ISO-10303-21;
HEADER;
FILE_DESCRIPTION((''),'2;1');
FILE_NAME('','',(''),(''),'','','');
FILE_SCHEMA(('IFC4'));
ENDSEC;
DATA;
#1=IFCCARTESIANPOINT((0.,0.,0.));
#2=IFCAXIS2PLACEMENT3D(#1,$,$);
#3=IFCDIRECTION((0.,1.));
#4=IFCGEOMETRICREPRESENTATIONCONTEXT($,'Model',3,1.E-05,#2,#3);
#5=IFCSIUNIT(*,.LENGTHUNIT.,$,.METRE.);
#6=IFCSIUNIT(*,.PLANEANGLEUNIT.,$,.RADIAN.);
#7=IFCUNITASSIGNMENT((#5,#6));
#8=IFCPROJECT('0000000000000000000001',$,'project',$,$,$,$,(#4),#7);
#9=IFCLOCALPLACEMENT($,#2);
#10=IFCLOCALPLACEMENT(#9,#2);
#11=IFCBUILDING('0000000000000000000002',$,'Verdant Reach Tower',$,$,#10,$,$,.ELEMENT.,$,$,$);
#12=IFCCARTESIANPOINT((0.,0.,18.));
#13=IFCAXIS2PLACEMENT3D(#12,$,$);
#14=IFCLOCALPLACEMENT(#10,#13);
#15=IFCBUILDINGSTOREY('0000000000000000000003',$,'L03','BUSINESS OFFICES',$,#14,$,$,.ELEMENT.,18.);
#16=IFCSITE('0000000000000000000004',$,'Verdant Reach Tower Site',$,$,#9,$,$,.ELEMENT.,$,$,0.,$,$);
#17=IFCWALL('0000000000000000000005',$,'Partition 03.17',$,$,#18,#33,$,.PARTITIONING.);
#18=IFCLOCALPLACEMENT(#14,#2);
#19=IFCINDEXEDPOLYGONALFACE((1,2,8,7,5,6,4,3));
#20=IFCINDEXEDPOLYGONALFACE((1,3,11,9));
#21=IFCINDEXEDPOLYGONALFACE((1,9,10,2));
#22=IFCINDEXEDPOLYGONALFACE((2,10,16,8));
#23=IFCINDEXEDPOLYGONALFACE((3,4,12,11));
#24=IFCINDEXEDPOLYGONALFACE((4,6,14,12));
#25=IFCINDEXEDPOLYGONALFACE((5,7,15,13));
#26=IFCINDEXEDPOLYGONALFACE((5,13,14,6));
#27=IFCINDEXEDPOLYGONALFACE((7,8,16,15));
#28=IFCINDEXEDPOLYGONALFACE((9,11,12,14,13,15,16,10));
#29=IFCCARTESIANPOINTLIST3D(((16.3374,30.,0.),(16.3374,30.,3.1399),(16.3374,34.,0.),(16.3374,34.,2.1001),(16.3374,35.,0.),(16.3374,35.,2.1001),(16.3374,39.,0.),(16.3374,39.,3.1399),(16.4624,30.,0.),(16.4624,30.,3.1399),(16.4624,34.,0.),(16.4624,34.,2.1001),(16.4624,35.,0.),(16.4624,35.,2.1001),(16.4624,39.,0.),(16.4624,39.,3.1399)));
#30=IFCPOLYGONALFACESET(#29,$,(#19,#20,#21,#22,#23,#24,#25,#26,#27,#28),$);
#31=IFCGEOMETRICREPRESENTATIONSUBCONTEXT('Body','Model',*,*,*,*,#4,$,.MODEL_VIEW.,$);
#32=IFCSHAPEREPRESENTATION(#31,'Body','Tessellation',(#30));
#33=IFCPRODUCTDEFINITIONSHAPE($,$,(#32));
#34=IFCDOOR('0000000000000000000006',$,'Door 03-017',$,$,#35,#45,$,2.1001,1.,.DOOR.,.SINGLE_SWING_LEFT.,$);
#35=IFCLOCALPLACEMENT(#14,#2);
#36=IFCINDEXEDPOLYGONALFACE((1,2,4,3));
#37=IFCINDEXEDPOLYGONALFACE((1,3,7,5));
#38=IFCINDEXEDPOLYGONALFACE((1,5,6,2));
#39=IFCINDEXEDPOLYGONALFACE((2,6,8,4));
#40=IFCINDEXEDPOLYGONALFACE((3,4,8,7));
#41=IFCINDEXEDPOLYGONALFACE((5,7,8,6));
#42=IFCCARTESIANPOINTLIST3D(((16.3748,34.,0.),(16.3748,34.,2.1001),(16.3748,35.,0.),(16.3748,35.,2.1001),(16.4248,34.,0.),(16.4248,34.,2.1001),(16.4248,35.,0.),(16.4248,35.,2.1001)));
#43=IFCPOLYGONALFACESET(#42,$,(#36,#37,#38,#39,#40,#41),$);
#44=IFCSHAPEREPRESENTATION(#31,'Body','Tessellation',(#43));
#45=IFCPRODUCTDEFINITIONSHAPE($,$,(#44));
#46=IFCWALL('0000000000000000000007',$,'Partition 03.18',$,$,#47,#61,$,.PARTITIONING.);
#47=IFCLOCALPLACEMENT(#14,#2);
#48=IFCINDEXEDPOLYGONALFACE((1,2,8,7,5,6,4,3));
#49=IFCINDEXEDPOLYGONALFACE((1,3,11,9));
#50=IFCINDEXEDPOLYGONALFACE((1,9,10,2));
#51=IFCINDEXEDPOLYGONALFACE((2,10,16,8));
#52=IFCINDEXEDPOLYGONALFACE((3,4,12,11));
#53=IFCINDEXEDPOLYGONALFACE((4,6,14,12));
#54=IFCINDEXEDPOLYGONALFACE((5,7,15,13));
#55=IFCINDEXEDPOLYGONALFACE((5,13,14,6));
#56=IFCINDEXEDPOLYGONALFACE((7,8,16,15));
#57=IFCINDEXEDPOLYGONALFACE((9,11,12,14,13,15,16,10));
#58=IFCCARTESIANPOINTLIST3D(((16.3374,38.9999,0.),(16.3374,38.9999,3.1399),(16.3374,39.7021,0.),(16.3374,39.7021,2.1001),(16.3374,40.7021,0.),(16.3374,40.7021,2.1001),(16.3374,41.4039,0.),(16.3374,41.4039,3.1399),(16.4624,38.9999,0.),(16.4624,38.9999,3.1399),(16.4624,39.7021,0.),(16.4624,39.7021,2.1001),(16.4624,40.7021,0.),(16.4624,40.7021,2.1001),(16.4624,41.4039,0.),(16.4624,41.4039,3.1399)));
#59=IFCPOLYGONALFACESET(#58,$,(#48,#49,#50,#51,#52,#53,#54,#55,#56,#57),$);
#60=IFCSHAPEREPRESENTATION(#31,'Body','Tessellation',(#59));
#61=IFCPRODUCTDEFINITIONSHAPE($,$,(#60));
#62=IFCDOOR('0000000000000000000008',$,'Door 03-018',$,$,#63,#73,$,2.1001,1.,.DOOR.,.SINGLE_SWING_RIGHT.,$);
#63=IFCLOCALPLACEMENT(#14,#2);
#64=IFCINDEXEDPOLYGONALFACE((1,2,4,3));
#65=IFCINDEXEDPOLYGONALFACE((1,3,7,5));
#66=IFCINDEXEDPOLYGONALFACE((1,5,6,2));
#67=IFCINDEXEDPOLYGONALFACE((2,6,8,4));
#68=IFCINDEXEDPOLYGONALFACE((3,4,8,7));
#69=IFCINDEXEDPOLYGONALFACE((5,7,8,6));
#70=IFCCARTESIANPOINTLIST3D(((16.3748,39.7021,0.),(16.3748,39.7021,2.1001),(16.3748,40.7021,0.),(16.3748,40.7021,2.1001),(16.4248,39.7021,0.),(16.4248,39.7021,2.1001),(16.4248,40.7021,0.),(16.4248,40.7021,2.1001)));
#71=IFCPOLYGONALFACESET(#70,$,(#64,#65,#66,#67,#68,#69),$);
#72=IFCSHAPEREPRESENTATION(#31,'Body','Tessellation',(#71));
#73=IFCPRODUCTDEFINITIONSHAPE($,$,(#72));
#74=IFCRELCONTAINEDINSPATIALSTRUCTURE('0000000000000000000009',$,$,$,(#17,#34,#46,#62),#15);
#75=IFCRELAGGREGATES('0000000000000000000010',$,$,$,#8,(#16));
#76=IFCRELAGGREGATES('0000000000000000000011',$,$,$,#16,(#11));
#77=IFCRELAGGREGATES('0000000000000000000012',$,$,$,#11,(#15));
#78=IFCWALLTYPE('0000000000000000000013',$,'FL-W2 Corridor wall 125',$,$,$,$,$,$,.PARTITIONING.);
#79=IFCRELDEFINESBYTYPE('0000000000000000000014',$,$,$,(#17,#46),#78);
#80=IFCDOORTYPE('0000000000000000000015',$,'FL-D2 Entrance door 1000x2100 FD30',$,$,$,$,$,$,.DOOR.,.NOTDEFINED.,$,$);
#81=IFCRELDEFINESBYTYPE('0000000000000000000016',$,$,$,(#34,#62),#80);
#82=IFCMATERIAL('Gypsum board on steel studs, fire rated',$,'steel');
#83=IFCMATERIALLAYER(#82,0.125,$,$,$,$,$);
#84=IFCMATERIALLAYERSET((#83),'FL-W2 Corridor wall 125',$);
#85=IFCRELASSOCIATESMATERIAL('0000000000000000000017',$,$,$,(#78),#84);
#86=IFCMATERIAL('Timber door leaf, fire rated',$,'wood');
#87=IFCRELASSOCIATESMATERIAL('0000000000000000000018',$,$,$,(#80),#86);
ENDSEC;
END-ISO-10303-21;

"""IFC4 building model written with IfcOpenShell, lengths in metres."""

from ifc_helpers import new_model, si_unit, direction, frame, frame_2d, origin, place, context, subcontext, project, spatial, rectangle, extrude, material, layer, layer_set, type_object, element, fill, save


model = new_model("IFC4")

# Units and contexts
model_context = context("Model", 3, precision=1e-05, world=origin(), true_north=direction((0.0, 1.0)))
body_context = subcontext(model_context, "Body", "Model", "MODEL_VIEW")
ifc_project = project(units=[si_unit("LENGTHUNIT", "METRE"), si_unit("PLANEANGLEUNIT", "RADIAN")], contexts=[model_context])

# Site, building, storey
site_placement = place(None, origin())
site = spatial("IfcSite", under=ifc_project, at=site_placement, Name="Verdant Reach Tower Site", CompositionType="ELEMENT", RefElevation=0.0)
building_placement = place(site_placement, origin())
building = spatial("IfcBuilding", under=site, at=building_placement, Name="Verdant Reach Tower", CompositionType="ELEMENT")
storey_placement = place(building_placement, frame((0.0, 0.0, 18.0)))
storey = spatial("IfcBuildingStorey", under=building, at=storey_placement, Name="L03", Description="BUSINESS OFFICES", CompositionType="ELEMENT", Elevation=18.0)

# Walls, openings, doors
ifc_material_1 = material(Name="Gypsum board on steel studs, fire rated", Category="steel")
ifc_layer_1 = layer(ifc_material_1, 0.125)
ifc_layer_set_1 = layer_set([ifc_layer_1], Name="FL-W2 Corridor wall 125")
wall_type_1 = type_object("IfcWallType", Name="FL-W2 Corridor wall 125", PredefinedType="PARTITIONING", material=ifc_layer_set_1)
wall_1_placement = place(storey_placement, frame((16.3999, 39.0, 0.0), z_axis=(0.0, 0.0, 1.0), x_axis=(0.0, -1.0, 0.0)))
wall_1 = element("IfcWall", 1, at=wall_1_placement, inside=storey, type_object=wall_type_1, Name="Partition 03.17", PredefinedType="PARTITIONING", context=body_context, shape_type="SweptSolid", body=[
    extrude(rectangle(XDim=9.0, YDim=0.125, at=frame_2d((4.5, 0.0))), origin(), (0.0, 0.0, 1.0), 3.1399),
])
opening_1_placement = place(wall_1_placement, frame((4.0, 0.0, 0.0)))
opening_1 = element("IfcOpeningElement", 2, at=opening_1_placement, cuts=wall_1, PredefinedType="OPENING", context=body_context, shape_type="SweptSolid", body=[
    extrude(rectangle(XDim=1.0, YDim=2.1001, at=frame_2d((0.5, 1.05))), frame((0.0, 0.0725, 0.0), z_axis=(0.0, -1.0, 0.0), x_axis=(1.0, 0.0, 0.0)), (0.0, 0.0, 1.0), 0.145),
])
ifc_material_2 = material(Name="Timber door leaf, fire rated", Category="wood")
door_type = type_object("IfcDoorType", Name="FL-D2 Entrance door 1000x2100 FD30", OperationType="NOTDEFINED", PredefinedType="DOOR", material=ifc_material_2)
door_1_placement = place(opening_1_placement, origin())
door_1 = element("IfcDoor", 3, at=door_1_placement, inside=storey, type_object=door_type, Name="Door 03-017", OperationType="SINGLE_SWING_LEFT", OverallHeight=2.1001, OverallWidth=1.0, PredefinedType="DOOR", context=body_context, shape_type="SweptSolid", body=[
    extrude(rectangle(XDim=1.0, YDim=2.1001, at=frame_2d((0.5, 1.05))), frame((0.0, 0.0249, 0.0), z_axis=(0.0, -1.0, 0.0), x_axis=(1.0, 0.0, 0.0)), (0.0, 0.0, 1.0), 0.05),
])
fill(opening_1, door_1)
wall_2_placement = place(storey_placement, frame((16.3999, 41.4041, 0.0), z_axis=(0.0, 0.0, 1.0), x_axis=(0.0, -1.0, 0.0)))
wall_2 = element("IfcWall", 4, at=wall_2_placement, inside=storey, type_object=wall_type_1, Name="Partition 03.18", PredefinedType="PARTITIONING", context=body_context, shape_type="SweptSolid", body=[
    extrude(rectangle(XDim=2.4041, YDim=0.125, at=frame_2d((1.2021, 0.0))), origin(), (0.0, 0.0, 1.0), 3.1399),
])
opening_2_placement = place(wall_2_placement, frame((0.7019, 0.0, 0.0)))
opening_2 = element("IfcOpeningElement", 5, at=opening_2_placement, cuts=wall_2, PredefinedType="OPENING", context=body_context, shape_type="SweptSolid", body=[
    extrude(rectangle(XDim=1.0, YDim=2.1001, at=frame_2d((0.5, 1.05))), frame((0.0, 0.0725, 0.0), z_axis=(0.0, -1.0, 0.0), x_axis=(1.0, 0.0, 0.0)), (0.0, 0.0, 1.0), 0.145),
])
door_2_placement = place(opening_2_placement, origin())
door_2 = element("IfcDoor", 6, at=door_2_placement, inside=storey, type_object=door_type, Name="Door 03-018", OperationType="SINGLE_SWING_RIGHT", OverallHeight=2.1001, OverallWidth=1.0, PredefinedType="DOOR", context=body_context, shape_type="SweptSolid", body=[
    extrude(rectangle(XDim=1.0, YDim=2.1001, at=frame_2d((0.5, 1.05))), frame((0.0, 0.0249, 0.0), z_axis=(0.0, -1.0, 0.0), x_axis=(1.0, 0.0, 0.0)), (0.0, 0.0, 1.0), 0.05),
])
fill(opening_2, door_2)

save(model, "model.ifc")
